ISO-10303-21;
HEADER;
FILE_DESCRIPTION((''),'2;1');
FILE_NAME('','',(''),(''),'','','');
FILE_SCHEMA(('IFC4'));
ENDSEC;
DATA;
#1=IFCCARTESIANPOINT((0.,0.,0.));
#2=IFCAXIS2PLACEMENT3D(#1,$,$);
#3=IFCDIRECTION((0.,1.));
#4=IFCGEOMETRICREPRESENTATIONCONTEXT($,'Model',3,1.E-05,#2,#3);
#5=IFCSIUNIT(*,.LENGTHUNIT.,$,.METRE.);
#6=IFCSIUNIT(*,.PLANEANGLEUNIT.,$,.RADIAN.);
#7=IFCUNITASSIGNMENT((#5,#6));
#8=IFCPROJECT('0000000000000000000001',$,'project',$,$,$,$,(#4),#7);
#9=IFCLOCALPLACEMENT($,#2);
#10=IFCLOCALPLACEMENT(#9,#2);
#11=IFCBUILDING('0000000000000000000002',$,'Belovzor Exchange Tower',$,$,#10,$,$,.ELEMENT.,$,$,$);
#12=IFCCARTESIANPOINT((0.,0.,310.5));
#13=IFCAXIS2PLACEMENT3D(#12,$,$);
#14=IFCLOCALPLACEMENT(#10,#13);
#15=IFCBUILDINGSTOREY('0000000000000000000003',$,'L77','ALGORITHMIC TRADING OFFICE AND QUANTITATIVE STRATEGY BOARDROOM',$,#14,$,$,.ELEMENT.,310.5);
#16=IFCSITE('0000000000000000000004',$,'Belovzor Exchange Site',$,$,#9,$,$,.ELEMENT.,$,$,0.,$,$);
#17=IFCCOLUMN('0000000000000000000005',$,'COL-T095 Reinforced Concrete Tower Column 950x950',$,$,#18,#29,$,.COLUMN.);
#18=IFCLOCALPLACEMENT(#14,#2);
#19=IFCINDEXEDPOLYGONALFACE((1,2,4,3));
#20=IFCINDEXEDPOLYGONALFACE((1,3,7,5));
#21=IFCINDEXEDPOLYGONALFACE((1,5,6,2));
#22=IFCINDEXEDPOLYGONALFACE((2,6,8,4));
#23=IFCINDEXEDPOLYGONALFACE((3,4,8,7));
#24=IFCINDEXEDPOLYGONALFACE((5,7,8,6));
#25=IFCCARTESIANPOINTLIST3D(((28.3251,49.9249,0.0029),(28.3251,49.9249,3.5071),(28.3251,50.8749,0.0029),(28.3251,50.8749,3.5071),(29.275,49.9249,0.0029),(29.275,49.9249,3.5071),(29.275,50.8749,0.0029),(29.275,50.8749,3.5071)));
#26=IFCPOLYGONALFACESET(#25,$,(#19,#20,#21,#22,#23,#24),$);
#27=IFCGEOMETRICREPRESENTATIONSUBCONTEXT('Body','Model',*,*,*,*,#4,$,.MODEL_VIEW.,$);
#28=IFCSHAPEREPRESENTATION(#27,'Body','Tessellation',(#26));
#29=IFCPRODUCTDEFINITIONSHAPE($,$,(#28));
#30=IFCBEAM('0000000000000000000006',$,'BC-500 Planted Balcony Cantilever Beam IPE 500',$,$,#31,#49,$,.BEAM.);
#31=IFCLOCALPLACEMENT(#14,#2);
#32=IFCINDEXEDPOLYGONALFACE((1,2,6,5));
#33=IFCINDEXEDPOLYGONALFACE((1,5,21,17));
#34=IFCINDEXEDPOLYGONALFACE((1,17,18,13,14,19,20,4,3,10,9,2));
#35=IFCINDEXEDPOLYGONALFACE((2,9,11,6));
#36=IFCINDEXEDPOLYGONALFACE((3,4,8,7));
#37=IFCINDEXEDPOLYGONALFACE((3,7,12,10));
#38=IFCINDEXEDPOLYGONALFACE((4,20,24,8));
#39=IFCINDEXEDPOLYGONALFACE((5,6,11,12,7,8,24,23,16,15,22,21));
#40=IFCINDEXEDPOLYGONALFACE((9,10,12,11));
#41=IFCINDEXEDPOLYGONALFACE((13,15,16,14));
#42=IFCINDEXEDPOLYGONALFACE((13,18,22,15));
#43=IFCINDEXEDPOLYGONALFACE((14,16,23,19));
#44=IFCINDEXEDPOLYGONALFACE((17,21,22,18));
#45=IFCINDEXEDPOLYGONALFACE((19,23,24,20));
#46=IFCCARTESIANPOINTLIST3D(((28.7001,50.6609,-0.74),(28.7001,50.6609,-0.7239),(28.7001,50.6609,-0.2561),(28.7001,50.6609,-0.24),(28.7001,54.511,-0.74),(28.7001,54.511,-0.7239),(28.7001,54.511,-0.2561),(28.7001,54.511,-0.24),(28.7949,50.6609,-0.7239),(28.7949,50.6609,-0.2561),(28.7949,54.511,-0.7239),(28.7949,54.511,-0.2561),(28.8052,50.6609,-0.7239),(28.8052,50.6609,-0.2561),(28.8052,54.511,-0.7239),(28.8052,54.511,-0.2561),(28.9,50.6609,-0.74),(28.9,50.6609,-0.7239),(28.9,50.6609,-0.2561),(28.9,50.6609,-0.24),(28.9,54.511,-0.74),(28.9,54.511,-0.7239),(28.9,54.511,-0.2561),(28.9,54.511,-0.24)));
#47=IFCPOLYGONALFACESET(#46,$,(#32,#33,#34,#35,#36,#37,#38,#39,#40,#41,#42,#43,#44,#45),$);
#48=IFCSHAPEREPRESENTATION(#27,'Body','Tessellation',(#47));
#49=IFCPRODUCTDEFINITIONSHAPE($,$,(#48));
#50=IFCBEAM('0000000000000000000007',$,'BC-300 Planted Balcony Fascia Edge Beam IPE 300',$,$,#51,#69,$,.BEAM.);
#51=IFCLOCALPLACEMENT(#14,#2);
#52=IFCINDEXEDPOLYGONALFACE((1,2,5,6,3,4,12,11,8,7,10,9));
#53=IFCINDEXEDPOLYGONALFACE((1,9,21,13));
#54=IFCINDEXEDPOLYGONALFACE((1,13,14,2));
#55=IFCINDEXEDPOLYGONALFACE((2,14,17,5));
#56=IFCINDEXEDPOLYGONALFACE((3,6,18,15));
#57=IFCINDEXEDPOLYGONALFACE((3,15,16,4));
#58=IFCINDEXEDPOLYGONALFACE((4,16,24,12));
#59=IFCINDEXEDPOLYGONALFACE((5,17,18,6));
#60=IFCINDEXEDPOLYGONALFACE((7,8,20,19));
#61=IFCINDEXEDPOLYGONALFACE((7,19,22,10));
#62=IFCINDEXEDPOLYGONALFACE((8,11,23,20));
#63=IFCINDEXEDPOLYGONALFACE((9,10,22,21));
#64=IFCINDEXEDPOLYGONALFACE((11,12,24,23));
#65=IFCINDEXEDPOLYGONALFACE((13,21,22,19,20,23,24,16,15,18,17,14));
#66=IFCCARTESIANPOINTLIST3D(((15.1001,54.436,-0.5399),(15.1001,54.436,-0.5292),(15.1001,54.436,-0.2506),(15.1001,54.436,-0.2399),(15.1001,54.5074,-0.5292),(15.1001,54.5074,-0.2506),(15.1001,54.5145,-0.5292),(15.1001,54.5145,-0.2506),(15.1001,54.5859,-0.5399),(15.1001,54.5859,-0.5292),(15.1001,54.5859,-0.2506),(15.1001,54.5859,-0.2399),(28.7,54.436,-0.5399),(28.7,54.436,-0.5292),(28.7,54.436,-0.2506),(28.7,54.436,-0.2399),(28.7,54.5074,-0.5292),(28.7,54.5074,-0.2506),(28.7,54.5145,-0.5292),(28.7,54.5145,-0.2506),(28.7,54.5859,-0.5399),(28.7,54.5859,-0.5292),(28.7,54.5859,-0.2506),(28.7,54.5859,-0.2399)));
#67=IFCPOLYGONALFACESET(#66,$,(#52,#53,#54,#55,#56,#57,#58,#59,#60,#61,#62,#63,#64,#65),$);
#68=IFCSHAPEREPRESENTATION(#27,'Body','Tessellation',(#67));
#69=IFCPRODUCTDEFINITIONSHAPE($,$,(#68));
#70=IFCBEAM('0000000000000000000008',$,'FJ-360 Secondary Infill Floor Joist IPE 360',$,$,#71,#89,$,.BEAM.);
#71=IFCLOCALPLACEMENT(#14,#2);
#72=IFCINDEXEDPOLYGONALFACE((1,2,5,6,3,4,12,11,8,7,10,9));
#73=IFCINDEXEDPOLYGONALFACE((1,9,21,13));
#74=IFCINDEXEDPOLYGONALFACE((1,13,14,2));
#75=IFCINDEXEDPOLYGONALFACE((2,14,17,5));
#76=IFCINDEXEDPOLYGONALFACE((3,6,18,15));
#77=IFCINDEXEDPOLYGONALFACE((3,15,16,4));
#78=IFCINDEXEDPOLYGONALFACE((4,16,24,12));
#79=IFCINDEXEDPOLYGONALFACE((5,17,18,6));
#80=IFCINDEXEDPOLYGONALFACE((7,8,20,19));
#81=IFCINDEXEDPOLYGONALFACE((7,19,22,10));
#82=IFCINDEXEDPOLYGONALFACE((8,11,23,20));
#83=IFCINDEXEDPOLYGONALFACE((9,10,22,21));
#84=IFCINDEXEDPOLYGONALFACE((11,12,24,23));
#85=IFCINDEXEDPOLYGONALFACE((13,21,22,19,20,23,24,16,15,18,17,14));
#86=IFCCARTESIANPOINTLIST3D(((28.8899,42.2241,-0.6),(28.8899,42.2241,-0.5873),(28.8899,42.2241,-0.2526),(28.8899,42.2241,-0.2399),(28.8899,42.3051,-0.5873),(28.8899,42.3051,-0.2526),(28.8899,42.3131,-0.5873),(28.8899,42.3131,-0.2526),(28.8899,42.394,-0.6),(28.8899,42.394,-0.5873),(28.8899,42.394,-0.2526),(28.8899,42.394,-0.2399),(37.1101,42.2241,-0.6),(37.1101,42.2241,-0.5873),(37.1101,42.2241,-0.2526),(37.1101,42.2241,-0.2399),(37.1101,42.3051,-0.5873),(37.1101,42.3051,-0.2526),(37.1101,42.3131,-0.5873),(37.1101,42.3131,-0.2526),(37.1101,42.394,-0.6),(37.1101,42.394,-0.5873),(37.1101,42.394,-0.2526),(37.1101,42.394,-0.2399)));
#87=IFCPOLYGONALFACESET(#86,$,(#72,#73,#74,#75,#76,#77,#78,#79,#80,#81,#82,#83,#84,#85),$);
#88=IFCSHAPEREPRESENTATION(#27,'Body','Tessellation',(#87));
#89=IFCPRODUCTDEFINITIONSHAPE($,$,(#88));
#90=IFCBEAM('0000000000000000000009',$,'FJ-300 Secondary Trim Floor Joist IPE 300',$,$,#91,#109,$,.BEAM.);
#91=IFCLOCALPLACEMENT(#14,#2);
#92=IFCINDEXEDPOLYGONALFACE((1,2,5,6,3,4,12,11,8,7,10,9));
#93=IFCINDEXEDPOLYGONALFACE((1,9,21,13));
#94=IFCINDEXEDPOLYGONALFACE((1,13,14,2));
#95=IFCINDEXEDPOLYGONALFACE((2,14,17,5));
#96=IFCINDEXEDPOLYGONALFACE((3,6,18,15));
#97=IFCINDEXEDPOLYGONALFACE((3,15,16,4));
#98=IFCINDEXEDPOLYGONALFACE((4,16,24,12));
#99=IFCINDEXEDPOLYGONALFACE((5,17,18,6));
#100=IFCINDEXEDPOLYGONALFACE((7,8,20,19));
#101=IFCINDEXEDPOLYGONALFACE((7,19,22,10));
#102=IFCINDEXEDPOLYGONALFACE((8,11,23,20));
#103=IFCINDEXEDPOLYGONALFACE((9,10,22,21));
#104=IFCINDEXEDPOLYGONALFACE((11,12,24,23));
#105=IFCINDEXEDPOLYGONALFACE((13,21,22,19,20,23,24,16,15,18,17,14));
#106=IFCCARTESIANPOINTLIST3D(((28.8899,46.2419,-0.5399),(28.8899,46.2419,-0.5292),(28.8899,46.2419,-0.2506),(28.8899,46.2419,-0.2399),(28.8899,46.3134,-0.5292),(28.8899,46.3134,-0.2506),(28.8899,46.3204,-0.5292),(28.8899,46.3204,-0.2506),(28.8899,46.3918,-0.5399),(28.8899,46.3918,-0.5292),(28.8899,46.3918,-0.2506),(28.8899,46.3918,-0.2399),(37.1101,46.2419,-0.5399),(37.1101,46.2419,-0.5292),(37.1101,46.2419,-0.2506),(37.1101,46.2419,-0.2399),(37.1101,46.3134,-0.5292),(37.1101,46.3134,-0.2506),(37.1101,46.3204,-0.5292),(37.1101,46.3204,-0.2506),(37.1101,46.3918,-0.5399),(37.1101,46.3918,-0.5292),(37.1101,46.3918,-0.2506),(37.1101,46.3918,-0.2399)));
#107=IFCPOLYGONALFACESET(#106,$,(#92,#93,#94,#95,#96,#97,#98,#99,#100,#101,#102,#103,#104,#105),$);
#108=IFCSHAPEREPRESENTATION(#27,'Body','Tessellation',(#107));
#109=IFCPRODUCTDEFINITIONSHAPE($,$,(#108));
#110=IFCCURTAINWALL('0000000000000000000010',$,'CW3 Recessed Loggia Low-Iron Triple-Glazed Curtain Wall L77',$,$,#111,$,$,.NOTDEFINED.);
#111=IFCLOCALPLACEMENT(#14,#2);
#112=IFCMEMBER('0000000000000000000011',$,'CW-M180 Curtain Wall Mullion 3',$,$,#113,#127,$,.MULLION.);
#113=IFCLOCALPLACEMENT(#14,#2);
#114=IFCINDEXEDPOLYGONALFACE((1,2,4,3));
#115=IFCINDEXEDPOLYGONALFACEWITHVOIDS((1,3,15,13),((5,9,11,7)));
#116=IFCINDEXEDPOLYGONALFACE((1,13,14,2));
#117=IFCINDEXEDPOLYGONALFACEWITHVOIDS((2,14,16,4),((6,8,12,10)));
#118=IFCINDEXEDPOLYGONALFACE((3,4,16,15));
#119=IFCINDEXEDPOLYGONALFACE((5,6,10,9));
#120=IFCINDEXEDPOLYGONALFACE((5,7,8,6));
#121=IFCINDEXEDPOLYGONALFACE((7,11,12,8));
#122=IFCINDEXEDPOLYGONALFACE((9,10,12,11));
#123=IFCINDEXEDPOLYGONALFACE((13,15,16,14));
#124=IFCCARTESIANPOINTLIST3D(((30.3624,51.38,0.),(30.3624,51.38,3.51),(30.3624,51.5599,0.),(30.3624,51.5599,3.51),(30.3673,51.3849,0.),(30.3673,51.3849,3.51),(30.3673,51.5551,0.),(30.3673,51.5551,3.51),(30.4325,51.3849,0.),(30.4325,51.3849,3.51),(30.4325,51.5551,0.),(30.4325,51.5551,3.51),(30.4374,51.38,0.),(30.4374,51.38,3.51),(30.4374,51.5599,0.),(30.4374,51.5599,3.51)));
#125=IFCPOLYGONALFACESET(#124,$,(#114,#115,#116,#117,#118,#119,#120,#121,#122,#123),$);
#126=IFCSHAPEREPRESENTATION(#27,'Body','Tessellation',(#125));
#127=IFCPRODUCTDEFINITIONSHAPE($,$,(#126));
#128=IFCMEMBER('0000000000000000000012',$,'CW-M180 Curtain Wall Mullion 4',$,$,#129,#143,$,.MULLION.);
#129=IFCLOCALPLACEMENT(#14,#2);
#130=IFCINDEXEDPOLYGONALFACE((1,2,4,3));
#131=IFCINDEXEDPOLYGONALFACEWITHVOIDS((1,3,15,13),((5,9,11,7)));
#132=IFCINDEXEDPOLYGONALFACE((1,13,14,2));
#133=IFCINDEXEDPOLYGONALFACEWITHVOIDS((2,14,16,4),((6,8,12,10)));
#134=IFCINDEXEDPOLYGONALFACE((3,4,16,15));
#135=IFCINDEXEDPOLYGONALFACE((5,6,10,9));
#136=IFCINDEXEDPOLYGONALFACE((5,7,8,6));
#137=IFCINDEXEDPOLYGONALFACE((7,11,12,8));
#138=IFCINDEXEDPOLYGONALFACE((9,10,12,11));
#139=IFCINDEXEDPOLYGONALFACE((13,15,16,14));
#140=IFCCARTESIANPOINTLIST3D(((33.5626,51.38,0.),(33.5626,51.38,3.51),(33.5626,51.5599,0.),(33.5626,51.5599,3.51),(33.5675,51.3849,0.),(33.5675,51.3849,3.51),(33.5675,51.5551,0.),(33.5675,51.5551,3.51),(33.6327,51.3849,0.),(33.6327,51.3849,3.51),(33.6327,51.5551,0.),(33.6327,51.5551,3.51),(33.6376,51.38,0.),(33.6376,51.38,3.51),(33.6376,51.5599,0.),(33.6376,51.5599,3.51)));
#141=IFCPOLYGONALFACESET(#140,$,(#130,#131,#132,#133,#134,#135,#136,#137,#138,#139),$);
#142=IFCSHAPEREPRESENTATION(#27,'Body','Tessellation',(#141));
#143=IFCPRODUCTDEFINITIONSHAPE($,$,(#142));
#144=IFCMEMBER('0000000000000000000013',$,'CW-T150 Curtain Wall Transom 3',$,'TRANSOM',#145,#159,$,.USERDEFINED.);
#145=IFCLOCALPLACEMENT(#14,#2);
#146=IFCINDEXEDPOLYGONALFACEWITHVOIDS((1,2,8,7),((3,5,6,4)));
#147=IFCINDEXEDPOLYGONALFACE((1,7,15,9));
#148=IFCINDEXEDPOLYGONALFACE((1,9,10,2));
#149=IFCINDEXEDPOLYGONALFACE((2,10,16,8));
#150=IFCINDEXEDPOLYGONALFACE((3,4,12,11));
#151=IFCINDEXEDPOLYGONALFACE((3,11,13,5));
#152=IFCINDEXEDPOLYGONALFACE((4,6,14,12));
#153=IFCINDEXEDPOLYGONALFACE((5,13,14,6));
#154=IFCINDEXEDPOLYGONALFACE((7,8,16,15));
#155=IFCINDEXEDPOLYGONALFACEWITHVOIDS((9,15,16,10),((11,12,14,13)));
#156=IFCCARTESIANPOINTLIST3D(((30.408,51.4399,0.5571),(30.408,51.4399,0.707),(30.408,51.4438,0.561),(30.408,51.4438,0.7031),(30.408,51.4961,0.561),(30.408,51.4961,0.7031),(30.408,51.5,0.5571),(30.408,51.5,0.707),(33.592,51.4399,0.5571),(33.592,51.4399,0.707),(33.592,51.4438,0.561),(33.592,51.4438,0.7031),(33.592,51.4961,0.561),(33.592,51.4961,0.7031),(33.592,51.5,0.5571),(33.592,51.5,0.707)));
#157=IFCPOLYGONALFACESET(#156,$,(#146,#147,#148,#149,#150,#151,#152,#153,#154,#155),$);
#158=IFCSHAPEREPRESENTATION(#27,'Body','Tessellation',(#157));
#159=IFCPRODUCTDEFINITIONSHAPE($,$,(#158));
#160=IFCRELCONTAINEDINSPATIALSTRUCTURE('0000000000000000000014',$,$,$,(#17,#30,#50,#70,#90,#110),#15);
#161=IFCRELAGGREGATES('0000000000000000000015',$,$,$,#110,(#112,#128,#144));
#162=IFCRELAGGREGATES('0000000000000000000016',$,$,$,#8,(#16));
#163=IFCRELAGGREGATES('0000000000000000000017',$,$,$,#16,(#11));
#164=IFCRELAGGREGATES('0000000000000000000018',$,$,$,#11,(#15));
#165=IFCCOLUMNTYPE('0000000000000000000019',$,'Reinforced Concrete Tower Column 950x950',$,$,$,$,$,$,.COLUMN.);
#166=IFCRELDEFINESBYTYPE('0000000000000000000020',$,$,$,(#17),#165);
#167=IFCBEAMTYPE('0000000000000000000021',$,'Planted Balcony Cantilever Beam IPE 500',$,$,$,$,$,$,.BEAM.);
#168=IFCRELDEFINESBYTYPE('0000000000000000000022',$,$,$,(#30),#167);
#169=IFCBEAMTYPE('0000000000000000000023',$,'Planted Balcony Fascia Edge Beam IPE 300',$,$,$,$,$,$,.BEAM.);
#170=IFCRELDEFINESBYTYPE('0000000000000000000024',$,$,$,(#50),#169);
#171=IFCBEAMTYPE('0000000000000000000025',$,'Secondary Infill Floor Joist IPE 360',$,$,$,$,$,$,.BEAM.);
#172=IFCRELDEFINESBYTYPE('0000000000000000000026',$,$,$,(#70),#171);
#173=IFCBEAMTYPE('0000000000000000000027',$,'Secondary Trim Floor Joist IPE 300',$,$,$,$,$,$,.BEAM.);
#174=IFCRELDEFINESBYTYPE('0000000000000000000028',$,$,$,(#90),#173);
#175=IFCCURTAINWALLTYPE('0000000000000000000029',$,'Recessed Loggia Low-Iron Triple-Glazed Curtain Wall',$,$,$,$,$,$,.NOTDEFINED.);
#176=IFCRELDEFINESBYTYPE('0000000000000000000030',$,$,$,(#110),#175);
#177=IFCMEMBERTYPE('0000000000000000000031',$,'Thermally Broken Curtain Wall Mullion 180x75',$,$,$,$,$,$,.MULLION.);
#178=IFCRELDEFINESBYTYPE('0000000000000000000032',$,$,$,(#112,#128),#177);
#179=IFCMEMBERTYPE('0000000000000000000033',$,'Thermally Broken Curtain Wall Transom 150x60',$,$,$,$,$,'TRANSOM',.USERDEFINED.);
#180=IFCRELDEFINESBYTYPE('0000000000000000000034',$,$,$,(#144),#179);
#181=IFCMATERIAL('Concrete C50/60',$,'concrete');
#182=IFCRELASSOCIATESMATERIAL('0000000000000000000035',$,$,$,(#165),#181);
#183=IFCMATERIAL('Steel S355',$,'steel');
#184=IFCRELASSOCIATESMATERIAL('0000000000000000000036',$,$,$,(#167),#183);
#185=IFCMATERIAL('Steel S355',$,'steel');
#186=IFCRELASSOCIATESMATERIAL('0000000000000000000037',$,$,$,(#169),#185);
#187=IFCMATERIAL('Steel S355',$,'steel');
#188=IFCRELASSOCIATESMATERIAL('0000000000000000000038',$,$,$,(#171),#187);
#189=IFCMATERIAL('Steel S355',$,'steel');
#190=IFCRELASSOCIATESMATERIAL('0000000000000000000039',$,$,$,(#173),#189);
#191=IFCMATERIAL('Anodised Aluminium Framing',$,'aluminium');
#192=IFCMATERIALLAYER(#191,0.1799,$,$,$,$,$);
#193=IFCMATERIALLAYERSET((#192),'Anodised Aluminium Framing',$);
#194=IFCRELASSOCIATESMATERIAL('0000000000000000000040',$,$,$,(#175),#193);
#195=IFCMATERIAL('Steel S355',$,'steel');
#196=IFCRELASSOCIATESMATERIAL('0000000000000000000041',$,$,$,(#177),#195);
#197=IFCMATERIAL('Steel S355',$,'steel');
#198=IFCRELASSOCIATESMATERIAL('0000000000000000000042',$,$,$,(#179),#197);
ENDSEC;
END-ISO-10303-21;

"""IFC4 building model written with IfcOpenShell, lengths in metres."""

from ifc_helpers import new_model, si_unit, direction, frame, origin, origin_2d, place, context, subcontext, project, spatial, rectangle, hollow_rectangle, i_section, extrude, material, layer, layer_set, material_profile, profile_set, type_object, element, aggregate, save


model = new_model("IFC4")

# Units and contexts
model_context = context("Model", 3, precision=1e-05, world=origin(), true_north=direction((0.0, 1.0)))
body_context = subcontext(model_context, "Body", "Model", "MODEL_VIEW")
ifc_project = project(units=[si_unit("LENGTHUNIT", "METRE"), si_unit("PLANEANGLEUNIT", "RADIAN")], contexts=[model_context])

# Site, building, storey
site_placement = place(None, origin())
site = spatial("IfcSite", under=ifc_project, at=site_placement, Name="Belovzor Exchange Site", CompositionType="ELEMENT", RefElevation=0.0)
building_placement = place(site_placement, origin())
building = spatial("IfcBuilding", under=site, at=building_placement, Name="Belovzor Exchange Tower", CompositionType="ELEMENT")
storey_placement = place(building_placement, frame((0.0, 0.0, 310.5)))
storey = spatial("IfcBuildingStorey", under=building, at=storey_placement, Name="L77", Description="ALGORITHMIC TRADING OFFICE AND QUANTITATIVE STRATEGY BOARDROOM", CompositionType="ELEMENT", Elevation=310.5)

# Column
ifc_material_1 = material(Name="Concrete C50/60", Category="concrete")
ifc_material_profile_1 = material_profile(ifc_material_1, rectangle(XDim=0.95, YDim=0.95, at=origin_2d()))
ifc_profile_set_1 = profile_set([ifc_material_profile_1], Name="Concrete C50/60")
column_type = type_object("IfcColumnType", Name="Reinforced Concrete Tower Column 950x950", PredefinedType="COLUMN", material=ifc_profile_set_1)
column_placement = place(storey_placement, frame((28.8, 50.3999, 0.0029), z_axis=(0.0, 0.0, 1.0), x_axis=(1.0, 0.0, 0.0)))
element("IfcColumn", 1, at=column_placement, inside=storey, type_object=column_type, Name="COL-T095 Reinforced Concrete Tower Column 950x950", PredefinedType="COLUMN", context=body_context, shape_type="SweptSolid", body=[
    extrude(rectangle(XDim=0.95, YDim=0.95, at=origin_2d()), origin(), (0.0, 0.0, 1.0), 3.5042),
])

# Beams
ifc_material_2 = material(Name="Steel S355", Category="steel")
ifc_material_profile_2 = material_profile(ifc_material_2, i_section(OverallWidth=0.2, OverallDepth=0.5, WebThickness=0.0103, FlangeThickness=0.0161, at=origin_2d()))
ifc_profile_set_2 = profile_set([ifc_material_profile_2], Name="Steel S355")
beam_type_1 = type_object("IfcBeamType", Name="Planted Balcony Cantilever Beam IPE 500", PredefinedType="BEAM", material=ifc_profile_set_2)
beam_1_placement = place(storey_placement, frame((28.8, 50.6609, -0.49), z_axis=(0.0, 1.0, 0.0), x_axis=(-1.0, 0.0, 0.0)))
element("IfcBeam", 2, at=beam_1_placement, inside=storey, type_object=beam_type_1, Name="BC-500 Planted Balcony Cantilever Beam IPE 500", PredefinedType="BEAM", context=body_context, shape_type="SweptSolid", body=[
    extrude(i_section(OverallWidth=0.2, OverallDepth=0.5, WebThickness=0.0103, FlangeThickness=0.0161, at=origin_2d()), origin(), (0.0, 0.0, 1.0), 3.8501),
])
ifc_material_3 = material(Name="Steel S355", Category="steel")
ifc_material_profile_3 = material_profile(ifc_material_3, i_section(OverallWidth=0.1499, OverallDepth=0.3, WebThickness=0.0071, FlangeThickness=0.0107, at=origin_2d()))
ifc_profile_set_3 = profile_set([ifc_material_profile_3], Name="Steel S355")
beam_type_2 = type_object("IfcBeamType", Name="Planted Balcony Fascia Edge Beam IPE 300", PredefinedType="BEAM", material=ifc_profile_set_3)
beam_2_placement = place(storey_placement, frame((28.7, 54.511, -0.3899), z_axis=(-1.0, 0.0, 0.0), x_axis=(0.0, -1.0, 0.0)))
element("IfcBeam", 3, at=beam_2_placement, inside=storey, type_object=beam_type_2, Name="BC-300 Planted Balcony Fascia Edge Beam IPE 300", PredefinedType="BEAM", context=body_context, shape_type="SweptSolid", body=[
    extrude(i_section(OverallWidth=0.1499, OverallDepth=0.3, WebThickness=0.0071, FlangeThickness=0.0107, at=origin_2d()), origin(), (0.0, 0.0, 1.0), 13.5999),
])
ifc_material_4 = material(Name="Steel S355", Category="steel")
ifc_material_profile_4 = material_profile(ifc_material_4, i_section(OverallWidth=0.1699, OverallDepth=0.3601, WebThickness=0.0081, FlangeThickness=0.0127, at=origin_2d()))
ifc_profile_set_4 = profile_set([ifc_material_profile_4], Name="Steel S355")
beam_type_3 = type_object("IfcBeamType", Name="Secondary Infill Floor Joist IPE 360", PredefinedType="BEAM", material=ifc_profile_set_4)
beam_3_placement = place(storey_placement, frame((28.8899, 42.3091, -0.4199), z_axis=(1.0, 0.0, 0.0), x_axis=(0.0, 1.0, 0.0)))
element("IfcBeam", 4, at=beam_3_placement, inside=storey, type_object=beam_type_3, Name="FJ-360 Secondary Infill Floor Joist IPE 360", PredefinedType="BEAM", context=body_context, shape_type="SweptSolid", body=[
    extrude(i_section(OverallWidth=0.1699, OverallDepth=0.3601, WebThickness=0.0081, FlangeThickness=0.0127, at=origin_2d()), origin(), (0.0, 0.0, 1.0), 8.2202),
])
ifc_material_5 = material(Name="Steel S355", Category="steel")
ifc_material_profile_5 = material_profile(ifc_material_5, i_section(OverallWidth=0.1499, OverallDepth=0.3, WebThickness=0.0071, FlangeThickness=0.0107, at=origin_2d()))
ifc_profile_set_5 = profile_set([ifc_material_profile_5], Name="Steel S355")
beam_type_4 = type_object("IfcBeamType", Name="Secondary Trim Floor Joist IPE 300", PredefinedType="BEAM", material=ifc_profile_set_5)
beam_4_placement = place(storey_placement, frame((28.8899, 46.3169, -0.3899), z_axis=(1.0, 0.0, 0.0), x_axis=(0.0, 1.0, 0.0)))
element("IfcBeam", 5, at=beam_4_placement, inside=storey, type_object=beam_type_4, Name="FJ-300 Secondary Trim Floor Joist IPE 300", PredefinedType="BEAM", context=body_context, shape_type="SweptSolid", body=[
    extrude(i_section(OverallWidth=0.1499, OverallDepth=0.3, WebThickness=0.0071, FlangeThickness=0.0107, at=origin_2d()), origin(), (0.0, 0.0, 1.0), 8.2202),
])

# Curtain wall, members
ifc_material_6 = material(Name="Anodised Aluminium Framing", Category="aluminium")
ifc_layer_1 = layer(ifc_material_6, 0.1799)
ifc_layer_set_1 = layer_set([ifc_layer_1], Name="Anodised Aluminium Framing")
curtain_wall_type = type_object("IfcCurtainWallType", Name="Recessed Loggia Low-Iron Triple-Glazed Curtain Wall", PredefinedType="NOTDEFINED", material=ifc_layer_set_1)
curtain_wall_placement = place(storey_placement, origin())
curtain_wall = element("IfcCurtainWall", 6, at=curtain_wall_placement, inside=storey, type_object=curtain_wall_type, Name="CW3 Recessed Loggia Low-Iron Triple-Glazed Curtain Wall L77", PredefinedType="NOTDEFINED")
ifc_material_7 = material(Name="Steel S355", Category="steel")
ifc_material_profile_6 = material_profile(ifc_material_7, hollow_rectangle(XDim=0.075, YDim=0.1799, WallThickness=0.0049, at=origin_2d()))
ifc_profile_set_6 = profile_set([ifc_material_profile_6], Name="Steel S355")
member_type_1 = type_object("IfcMemberType", Name="Thermally Broken Curtain Wall Mullion 180x75", PredefinedType="MULLION", material=ifc_profile_set_6)
member_1_placement = place(storey_placement, frame((30.3999, 51.47, 0.0), z_axis=(0.0, 0.0, 1.0), x_axis=(1.0, 0.0, 0.0)))
member_1 = element("IfcMember", 7, at=member_1_placement, type_object=member_type_1, Name="CW-M180 Curtain Wall Mullion 3", PredefinedType="MULLION", context=body_context, shape_type="SweptSolid", body=[
    extrude(hollow_rectangle(XDim=0.075, YDim=0.1799, WallThickness=0.0049, at=origin_2d()), origin(), (0.0, 0.0, 1.0), 3.51),
])
member_2_placement = place(storey_placement, frame((33.6001, 51.47, 0.0), z_axis=(0.0, 0.0, 1.0), x_axis=(1.0, 0.0, 0.0)))
member_2 = element("IfcMember", 8, at=member_2_placement, type_object=member_type_1, Name="CW-M180 Curtain Wall Mullion 4", PredefinedType="MULLION", context=body_context, shape_type="SweptSolid", body=[
    extrude(hollow_rectangle(XDim=0.075, YDim=0.1799, WallThickness=0.0049, at=origin_2d()), origin(), (0.0, 0.0, 1.0), 3.51),
])
ifc_material_8 = material(Name="Steel S355", Category="steel")
ifc_material_profile_7 = material_profile(ifc_material_8, hollow_rectangle(XDim=0.0601, YDim=0.1499, WallThickness=0.0039, at=origin_2d()))
ifc_profile_set_7 = profile_set([ifc_material_profile_7], Name="Steel S355")
member_type_2 = type_object("IfcMemberType", Name="Thermally Broken Curtain Wall Transom 150x60", ElementType="TRANSOM", PredefinedType="USERDEFINED", material=ifc_profile_set_7)
member_3_placement = place(storey_placement, frame((30.408, 51.47, 0.6321), z_axis=(1.0, 0.0, 0.0), x_axis=(0.0, 1.0, 0.0)))
member_3 = element("IfcMember", 9, at=member_3_placement, type_object=member_type_2, Name="CW-T150 Curtain Wall Transom 3", ObjectType="TRANSOM", PredefinedType="USERDEFINED", context=body_context, shape_type="SweptSolid", body=[
    extrude(hollow_rectangle(XDim=0.0601, YDim=0.1499, WallThickness=0.0039, at=origin_2d()), origin(), (0.0, 0.0, 1.0), 3.1841),
])

aggregate(curtain_wall, [member_1, member_2, member_3])

save(model, "model.ifc")
